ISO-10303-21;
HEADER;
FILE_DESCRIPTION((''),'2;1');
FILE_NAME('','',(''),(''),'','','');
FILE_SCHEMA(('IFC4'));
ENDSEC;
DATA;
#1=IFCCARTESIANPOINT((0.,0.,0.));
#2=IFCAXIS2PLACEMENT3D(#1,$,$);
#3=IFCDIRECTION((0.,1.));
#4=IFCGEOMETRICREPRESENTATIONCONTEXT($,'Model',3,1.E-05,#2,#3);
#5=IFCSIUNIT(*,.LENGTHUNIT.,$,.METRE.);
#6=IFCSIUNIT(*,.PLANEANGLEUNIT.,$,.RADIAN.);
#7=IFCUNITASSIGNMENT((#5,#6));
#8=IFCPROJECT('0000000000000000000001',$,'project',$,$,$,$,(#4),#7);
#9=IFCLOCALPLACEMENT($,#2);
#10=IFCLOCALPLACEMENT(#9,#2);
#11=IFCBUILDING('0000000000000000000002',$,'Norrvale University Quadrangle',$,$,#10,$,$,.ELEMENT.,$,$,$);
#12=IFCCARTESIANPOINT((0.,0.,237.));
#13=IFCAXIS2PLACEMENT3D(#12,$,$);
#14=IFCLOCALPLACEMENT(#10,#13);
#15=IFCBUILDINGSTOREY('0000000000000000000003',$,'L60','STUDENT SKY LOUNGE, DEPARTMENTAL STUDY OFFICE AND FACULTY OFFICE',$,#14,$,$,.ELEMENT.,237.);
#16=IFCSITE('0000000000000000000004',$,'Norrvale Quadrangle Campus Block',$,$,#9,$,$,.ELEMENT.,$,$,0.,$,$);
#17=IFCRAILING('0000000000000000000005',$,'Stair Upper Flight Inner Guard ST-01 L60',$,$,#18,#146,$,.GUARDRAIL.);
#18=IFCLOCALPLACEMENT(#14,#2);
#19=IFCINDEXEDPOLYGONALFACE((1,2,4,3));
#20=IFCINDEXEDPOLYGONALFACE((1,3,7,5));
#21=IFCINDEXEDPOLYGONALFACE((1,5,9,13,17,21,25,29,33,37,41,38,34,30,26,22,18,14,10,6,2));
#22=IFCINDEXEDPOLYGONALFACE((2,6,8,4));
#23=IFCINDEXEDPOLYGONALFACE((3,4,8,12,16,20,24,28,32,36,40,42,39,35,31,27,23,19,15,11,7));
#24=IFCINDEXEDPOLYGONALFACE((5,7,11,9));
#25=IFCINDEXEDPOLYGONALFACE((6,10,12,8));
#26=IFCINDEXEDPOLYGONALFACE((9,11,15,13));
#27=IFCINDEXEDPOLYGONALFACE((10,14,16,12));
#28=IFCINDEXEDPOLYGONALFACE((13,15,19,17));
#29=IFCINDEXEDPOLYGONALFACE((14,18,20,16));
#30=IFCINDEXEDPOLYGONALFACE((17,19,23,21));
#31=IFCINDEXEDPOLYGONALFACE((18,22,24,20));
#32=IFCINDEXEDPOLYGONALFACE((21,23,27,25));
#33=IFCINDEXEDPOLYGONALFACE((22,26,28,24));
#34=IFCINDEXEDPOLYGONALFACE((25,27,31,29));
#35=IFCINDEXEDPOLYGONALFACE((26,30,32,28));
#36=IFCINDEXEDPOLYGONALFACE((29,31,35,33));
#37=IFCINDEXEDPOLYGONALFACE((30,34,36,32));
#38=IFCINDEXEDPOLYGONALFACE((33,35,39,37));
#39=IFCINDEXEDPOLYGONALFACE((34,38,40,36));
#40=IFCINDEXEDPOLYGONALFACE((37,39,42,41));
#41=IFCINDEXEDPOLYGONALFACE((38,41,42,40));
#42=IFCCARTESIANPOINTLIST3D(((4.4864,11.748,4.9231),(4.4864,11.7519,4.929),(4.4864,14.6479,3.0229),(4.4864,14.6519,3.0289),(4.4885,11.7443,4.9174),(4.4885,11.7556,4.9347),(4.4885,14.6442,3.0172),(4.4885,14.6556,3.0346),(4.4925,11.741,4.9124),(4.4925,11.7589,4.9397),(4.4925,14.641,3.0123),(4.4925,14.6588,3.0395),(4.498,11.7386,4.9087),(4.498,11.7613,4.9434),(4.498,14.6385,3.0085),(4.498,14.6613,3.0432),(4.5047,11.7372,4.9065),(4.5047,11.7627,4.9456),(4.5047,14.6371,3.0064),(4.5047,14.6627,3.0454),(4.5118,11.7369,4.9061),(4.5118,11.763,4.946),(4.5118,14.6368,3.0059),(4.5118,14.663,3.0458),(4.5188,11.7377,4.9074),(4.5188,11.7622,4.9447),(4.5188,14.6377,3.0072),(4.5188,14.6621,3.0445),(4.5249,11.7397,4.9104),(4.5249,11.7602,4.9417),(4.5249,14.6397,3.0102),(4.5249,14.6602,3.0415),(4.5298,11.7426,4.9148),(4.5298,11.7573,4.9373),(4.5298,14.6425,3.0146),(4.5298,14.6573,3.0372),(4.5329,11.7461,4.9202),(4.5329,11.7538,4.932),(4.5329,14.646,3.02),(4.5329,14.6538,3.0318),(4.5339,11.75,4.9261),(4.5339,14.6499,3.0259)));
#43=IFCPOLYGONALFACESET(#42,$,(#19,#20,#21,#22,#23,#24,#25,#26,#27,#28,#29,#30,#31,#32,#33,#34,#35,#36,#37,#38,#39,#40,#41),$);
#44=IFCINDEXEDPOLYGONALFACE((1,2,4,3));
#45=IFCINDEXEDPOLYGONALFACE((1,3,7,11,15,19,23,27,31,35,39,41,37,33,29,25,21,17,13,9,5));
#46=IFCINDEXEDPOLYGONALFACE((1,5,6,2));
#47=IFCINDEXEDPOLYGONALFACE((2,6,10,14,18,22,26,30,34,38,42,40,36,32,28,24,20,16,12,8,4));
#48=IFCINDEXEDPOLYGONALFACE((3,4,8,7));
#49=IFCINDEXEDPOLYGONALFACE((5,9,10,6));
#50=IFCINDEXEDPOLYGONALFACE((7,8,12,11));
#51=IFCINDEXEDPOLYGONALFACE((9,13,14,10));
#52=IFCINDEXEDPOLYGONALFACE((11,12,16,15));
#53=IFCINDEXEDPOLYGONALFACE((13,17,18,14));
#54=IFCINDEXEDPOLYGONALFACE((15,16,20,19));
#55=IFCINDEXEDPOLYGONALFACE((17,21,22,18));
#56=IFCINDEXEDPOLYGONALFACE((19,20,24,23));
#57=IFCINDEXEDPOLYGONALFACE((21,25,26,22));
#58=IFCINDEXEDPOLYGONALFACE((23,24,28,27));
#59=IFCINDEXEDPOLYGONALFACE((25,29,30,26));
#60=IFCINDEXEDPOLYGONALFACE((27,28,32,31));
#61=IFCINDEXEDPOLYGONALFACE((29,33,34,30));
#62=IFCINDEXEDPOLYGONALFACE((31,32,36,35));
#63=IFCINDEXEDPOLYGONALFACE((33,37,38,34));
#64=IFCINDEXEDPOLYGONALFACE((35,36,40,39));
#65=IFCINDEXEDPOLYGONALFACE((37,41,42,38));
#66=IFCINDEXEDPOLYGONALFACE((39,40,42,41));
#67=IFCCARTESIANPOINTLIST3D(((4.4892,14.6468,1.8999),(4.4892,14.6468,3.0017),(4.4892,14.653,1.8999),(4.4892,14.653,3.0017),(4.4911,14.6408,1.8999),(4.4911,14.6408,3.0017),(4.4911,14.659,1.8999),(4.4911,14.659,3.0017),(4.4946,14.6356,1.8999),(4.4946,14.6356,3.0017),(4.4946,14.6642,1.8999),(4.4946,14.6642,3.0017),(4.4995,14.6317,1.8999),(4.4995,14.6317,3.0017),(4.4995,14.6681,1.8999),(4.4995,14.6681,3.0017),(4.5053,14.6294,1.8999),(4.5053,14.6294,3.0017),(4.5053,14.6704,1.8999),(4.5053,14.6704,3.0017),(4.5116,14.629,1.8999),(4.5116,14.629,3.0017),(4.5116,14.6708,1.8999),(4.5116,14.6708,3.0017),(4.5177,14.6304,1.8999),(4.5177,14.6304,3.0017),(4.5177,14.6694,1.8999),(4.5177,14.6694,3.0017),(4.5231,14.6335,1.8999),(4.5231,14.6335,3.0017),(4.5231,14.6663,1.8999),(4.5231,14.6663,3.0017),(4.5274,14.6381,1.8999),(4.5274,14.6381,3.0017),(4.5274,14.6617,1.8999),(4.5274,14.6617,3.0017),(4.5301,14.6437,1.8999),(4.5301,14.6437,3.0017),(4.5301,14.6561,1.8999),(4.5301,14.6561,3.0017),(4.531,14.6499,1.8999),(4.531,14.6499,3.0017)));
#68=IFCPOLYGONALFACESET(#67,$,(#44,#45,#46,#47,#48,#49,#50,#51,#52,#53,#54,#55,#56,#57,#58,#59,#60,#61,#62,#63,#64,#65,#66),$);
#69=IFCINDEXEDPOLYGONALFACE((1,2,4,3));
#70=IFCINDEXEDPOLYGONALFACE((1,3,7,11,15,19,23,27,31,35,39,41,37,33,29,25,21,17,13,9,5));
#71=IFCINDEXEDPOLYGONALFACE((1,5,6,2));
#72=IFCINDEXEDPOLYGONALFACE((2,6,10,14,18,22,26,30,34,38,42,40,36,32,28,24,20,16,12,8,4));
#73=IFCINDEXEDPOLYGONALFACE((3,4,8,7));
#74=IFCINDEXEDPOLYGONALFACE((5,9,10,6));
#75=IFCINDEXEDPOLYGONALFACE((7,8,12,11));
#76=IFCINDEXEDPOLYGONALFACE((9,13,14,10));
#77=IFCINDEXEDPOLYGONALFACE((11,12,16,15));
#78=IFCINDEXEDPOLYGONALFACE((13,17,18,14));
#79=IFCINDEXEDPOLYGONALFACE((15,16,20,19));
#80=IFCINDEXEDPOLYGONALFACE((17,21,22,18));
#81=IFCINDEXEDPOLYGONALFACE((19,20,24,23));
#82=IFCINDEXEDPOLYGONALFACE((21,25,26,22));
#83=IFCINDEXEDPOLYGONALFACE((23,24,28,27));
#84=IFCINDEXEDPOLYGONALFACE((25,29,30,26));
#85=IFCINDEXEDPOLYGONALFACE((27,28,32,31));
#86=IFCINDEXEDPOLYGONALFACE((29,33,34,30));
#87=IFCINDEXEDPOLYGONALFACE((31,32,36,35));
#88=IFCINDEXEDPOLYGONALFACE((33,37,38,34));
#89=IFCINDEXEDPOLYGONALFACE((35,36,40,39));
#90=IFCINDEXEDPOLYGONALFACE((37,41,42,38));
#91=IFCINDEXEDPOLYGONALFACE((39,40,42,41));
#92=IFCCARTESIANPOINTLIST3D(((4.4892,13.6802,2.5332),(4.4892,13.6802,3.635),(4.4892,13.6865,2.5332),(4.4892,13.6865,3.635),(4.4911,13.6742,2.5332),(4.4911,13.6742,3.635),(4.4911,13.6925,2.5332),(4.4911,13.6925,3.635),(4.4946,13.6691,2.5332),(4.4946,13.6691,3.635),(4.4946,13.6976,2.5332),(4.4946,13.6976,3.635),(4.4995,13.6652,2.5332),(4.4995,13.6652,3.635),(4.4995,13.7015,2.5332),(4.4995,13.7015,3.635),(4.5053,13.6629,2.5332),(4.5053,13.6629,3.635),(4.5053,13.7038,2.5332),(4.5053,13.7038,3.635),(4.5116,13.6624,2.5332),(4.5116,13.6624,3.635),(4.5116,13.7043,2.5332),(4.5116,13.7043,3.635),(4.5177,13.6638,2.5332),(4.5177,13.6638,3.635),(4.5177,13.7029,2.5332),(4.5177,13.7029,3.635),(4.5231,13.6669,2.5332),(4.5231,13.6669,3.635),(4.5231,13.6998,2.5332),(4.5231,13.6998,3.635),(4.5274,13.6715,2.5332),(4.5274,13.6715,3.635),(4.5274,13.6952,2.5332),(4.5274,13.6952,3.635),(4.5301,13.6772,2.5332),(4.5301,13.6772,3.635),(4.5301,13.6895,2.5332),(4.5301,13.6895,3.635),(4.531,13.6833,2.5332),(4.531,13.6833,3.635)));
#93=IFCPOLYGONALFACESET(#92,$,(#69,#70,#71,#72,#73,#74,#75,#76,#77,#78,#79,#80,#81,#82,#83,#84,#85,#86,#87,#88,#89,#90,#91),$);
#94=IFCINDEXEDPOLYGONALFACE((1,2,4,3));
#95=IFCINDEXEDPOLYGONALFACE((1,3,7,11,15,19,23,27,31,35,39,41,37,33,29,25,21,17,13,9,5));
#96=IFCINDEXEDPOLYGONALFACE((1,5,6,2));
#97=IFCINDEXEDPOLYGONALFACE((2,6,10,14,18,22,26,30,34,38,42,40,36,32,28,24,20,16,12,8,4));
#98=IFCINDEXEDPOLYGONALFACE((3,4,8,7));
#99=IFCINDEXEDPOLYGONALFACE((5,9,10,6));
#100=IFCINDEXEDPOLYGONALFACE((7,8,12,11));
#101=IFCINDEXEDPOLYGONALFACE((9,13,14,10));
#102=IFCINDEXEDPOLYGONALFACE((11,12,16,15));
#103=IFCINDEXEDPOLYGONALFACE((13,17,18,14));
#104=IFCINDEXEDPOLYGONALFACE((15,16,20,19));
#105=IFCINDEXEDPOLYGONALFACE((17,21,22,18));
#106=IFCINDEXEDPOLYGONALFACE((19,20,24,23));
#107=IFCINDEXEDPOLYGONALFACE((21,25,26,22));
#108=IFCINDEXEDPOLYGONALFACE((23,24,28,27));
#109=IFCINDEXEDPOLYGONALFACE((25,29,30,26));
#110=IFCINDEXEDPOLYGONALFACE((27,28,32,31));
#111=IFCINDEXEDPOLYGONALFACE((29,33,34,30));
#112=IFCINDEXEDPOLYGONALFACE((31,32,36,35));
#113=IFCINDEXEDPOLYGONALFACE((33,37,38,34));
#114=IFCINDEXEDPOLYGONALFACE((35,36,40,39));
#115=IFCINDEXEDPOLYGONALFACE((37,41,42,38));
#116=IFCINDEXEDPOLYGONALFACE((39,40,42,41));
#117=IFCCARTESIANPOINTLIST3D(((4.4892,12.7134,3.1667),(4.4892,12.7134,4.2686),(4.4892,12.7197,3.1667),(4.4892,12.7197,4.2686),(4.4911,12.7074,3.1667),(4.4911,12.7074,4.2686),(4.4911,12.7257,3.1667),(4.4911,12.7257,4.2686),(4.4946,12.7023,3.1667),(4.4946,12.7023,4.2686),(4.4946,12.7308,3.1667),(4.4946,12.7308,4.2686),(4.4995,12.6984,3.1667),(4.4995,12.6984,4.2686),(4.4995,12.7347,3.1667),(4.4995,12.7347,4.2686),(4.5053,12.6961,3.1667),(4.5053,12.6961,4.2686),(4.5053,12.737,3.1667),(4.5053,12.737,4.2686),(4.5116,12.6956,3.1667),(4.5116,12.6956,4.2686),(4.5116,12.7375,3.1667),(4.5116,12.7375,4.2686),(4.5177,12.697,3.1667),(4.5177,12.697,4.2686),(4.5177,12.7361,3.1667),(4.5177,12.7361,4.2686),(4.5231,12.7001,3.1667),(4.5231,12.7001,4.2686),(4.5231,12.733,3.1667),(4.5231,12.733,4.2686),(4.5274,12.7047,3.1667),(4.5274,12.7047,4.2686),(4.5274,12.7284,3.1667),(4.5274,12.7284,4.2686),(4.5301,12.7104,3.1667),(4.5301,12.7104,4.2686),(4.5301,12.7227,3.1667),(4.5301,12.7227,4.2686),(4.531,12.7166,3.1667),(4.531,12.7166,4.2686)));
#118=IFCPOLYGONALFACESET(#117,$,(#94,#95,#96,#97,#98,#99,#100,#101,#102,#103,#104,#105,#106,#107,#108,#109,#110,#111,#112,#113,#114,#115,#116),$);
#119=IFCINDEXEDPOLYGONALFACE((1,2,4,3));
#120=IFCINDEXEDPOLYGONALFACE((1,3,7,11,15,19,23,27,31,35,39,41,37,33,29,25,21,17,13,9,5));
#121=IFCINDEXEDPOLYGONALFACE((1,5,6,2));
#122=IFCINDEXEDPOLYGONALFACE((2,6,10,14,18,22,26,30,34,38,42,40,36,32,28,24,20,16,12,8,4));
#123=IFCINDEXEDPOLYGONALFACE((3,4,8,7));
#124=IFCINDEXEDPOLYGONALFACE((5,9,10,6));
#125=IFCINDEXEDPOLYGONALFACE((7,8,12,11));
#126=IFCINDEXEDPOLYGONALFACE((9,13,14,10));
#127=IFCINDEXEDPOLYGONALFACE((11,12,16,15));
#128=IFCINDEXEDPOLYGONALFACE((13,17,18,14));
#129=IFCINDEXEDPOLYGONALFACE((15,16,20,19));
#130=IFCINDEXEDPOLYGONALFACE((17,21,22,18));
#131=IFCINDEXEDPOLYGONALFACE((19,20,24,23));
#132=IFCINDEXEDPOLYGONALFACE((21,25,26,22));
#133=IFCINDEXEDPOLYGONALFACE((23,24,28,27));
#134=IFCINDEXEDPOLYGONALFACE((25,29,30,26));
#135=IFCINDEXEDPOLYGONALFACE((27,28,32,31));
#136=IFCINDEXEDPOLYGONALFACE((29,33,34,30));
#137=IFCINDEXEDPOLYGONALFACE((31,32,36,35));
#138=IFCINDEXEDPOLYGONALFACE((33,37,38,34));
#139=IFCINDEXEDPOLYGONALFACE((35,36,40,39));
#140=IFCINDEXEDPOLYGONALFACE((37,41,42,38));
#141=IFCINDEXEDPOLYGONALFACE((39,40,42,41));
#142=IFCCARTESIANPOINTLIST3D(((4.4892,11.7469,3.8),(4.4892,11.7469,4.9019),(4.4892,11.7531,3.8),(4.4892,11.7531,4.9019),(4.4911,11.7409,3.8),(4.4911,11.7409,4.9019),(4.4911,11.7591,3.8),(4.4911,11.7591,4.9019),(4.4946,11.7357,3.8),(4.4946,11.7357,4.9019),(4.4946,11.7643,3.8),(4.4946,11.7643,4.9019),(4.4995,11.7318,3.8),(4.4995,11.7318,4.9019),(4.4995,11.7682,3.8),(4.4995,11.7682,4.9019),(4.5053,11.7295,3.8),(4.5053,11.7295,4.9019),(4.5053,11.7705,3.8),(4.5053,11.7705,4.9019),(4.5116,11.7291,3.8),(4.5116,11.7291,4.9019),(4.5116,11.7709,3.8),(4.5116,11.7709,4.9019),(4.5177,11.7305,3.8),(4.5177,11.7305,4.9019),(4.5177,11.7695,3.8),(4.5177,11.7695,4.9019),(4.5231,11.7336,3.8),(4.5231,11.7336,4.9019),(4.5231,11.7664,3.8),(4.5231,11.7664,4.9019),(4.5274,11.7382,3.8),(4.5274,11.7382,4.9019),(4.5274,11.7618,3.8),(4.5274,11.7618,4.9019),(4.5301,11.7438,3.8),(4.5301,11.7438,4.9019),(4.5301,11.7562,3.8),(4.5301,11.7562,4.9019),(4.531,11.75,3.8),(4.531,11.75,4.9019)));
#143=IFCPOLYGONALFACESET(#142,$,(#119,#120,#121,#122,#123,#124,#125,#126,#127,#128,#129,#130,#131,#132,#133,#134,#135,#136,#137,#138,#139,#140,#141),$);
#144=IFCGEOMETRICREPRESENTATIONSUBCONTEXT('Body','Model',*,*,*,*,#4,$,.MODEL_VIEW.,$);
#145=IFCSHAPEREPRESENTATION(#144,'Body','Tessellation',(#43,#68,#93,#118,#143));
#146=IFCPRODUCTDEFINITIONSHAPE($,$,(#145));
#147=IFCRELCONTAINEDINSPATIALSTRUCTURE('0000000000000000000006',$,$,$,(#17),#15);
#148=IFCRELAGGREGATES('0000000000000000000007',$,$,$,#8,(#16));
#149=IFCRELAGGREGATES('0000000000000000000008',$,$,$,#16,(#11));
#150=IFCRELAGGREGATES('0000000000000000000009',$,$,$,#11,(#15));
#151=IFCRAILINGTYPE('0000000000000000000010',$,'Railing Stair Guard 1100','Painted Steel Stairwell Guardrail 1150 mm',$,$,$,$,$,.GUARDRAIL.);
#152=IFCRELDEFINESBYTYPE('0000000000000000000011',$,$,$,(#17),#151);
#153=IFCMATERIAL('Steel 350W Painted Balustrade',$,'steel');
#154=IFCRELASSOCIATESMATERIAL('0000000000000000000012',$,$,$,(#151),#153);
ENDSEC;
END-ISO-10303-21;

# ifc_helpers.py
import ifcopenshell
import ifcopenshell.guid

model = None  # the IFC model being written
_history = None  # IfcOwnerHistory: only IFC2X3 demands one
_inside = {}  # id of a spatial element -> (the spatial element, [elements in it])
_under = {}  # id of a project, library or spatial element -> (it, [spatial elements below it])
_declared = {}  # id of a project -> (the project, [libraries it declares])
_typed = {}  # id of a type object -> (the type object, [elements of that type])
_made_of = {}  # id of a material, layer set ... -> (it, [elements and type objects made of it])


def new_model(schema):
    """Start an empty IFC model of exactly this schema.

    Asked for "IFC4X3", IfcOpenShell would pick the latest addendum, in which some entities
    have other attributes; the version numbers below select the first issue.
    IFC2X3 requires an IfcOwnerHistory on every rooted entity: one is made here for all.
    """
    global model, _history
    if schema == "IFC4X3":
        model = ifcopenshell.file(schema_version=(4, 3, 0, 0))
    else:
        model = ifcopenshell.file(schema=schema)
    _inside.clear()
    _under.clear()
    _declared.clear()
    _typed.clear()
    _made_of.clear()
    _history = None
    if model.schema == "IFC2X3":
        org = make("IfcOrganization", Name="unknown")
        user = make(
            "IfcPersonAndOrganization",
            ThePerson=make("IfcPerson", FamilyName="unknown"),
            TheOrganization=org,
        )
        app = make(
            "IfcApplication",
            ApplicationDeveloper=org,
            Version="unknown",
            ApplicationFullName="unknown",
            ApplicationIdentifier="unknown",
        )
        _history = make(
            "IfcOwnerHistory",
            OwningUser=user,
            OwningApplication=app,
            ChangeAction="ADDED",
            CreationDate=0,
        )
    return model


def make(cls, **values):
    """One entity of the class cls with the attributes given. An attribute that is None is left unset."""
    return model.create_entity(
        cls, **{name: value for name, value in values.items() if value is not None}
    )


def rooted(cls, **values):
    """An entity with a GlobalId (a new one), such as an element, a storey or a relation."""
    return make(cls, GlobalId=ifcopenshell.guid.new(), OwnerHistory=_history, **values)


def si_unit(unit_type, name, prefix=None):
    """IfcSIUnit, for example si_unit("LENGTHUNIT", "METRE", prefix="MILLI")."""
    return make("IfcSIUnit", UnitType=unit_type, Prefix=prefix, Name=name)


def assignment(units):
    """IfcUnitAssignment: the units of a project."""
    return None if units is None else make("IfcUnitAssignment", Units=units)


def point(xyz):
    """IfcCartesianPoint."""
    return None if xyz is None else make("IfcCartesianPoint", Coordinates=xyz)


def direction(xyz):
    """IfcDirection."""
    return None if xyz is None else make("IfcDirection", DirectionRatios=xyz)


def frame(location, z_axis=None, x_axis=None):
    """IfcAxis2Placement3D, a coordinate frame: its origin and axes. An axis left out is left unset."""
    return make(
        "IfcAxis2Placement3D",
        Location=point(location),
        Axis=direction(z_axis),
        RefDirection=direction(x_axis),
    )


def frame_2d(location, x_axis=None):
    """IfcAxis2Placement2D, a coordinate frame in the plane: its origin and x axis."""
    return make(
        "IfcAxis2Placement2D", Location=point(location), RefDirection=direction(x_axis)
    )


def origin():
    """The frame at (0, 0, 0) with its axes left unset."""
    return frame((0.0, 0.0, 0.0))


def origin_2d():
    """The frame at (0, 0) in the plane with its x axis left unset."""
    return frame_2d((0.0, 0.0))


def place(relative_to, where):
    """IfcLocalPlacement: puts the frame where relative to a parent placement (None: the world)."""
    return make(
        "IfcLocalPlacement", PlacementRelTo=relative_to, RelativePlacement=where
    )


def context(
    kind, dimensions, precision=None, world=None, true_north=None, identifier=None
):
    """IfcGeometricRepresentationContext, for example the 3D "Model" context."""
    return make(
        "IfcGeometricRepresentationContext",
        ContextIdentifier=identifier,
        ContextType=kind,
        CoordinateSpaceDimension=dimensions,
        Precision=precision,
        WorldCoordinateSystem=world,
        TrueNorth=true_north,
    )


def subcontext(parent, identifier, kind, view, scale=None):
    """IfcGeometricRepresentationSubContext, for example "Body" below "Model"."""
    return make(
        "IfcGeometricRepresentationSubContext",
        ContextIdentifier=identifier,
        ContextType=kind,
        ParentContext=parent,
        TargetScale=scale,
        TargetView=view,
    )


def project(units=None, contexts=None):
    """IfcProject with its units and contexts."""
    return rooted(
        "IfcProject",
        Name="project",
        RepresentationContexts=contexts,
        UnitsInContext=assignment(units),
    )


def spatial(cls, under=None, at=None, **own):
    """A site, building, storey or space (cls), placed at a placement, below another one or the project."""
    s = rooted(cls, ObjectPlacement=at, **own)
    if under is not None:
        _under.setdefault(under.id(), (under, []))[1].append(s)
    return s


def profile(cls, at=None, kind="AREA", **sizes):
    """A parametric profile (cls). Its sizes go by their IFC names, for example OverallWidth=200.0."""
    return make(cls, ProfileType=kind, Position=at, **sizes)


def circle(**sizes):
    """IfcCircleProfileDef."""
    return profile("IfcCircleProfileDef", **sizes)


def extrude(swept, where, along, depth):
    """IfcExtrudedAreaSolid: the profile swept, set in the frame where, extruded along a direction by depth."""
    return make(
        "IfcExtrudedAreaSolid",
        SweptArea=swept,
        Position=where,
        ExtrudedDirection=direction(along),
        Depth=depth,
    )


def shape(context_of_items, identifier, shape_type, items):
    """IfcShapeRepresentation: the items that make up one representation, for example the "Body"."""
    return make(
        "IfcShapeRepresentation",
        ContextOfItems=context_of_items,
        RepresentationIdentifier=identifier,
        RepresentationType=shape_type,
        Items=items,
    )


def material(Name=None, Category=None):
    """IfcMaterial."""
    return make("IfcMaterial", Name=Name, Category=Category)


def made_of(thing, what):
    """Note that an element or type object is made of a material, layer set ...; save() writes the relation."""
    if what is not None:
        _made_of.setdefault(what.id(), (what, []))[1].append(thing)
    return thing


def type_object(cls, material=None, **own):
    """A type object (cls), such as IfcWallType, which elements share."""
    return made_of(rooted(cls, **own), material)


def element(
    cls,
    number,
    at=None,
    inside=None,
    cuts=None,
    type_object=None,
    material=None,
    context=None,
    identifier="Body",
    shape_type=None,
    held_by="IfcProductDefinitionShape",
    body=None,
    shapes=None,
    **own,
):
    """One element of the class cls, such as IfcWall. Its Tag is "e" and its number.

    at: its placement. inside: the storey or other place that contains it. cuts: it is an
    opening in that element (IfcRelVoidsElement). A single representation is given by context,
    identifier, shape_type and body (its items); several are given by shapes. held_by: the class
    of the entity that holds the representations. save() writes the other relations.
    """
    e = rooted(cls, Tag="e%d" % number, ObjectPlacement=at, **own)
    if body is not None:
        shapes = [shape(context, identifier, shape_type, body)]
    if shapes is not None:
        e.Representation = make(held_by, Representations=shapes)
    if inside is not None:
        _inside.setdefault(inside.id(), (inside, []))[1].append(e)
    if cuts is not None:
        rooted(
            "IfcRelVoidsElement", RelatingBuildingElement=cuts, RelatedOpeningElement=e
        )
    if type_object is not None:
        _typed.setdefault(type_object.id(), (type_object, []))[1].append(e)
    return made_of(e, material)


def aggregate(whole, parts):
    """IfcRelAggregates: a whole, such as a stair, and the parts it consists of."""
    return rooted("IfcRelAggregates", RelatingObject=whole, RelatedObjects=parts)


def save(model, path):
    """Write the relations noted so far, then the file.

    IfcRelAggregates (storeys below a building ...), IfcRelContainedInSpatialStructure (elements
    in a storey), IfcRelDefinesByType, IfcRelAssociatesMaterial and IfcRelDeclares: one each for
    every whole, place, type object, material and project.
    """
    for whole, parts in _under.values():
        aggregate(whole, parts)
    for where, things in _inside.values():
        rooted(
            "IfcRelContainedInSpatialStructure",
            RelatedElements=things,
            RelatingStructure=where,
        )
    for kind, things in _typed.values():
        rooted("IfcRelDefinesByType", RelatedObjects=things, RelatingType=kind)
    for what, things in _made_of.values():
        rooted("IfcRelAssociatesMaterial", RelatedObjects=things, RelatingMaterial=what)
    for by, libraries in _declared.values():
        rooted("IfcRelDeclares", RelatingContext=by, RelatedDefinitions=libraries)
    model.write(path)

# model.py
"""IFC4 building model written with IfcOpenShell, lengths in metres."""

from ifc_helpers import new_model, si_unit, direction, frame, origin, origin_2d, place, context, subcontext, project, spatial, circle, extrude, material, type_object, element, save


model = new_model("IFC4")

# Units and contexts
model_context = context("Model", 3, precision=1e-05, world=origin(), true_north=direction((0.0, 1.0)))
body_context = subcontext(model_context, "Body", "Model", "MODEL_VIEW")
ifc_project = project(units=[si_unit("LENGTHUNIT", "METRE"), si_unit("PLANEANGLEUNIT", "RADIAN")], contexts=[model_context])

# Site, building, storey
site_placement = place(None, origin())
site = spatial("IfcSite", under=ifc_project, at=site_placement, Name="Norrvale Quadrangle Campus Block", CompositionType="ELEMENT", RefElevation=0.0)
building_placement = place(site_placement, origin())
building = spatial("IfcBuilding", under=site, at=building_placement, Name="Norrvale University Quadrangle", CompositionType="ELEMENT")
storey_placement = place(building_placement, frame((0.0, 0.0, 237.0)))
storey = spatial("IfcBuildingStorey", under=building, at=storey_placement, Name="L60", Description="STUDENT SKY LOUNGE, DEPARTMENTAL STUDY OFFICE AND FACULTY OFFICE", CompositionType="ELEMENT", Elevation=237.0)

# Railing
ifc_material_1 = material(Name="Steel 350W Painted Balustrade", Category="steel")
railing_type_1 = type_object("IfcRailingType", Name="Railing Stair Guard 1100", Description="Painted Steel Stairwell Guardrail 1150 mm", PredefinedType="GUARDRAIL", material=ifc_material_1)
railing_1_placement = place(storey_placement, frame((4.51, 14.6499, 1.8999)))
element("IfcRailing", 1, at=railing_1_placement, inside=storey, type_object=railing_type_1, Name="Stair Upper Flight Inner Guard ST-01 L60", PredefinedType="GUARDRAIL", context=body_context, shape_type="SweptSolid", body=[
    extrude(circle(Radius=0.0239, at=origin_2d()), frame((0.0, 0.0, 1.126), z_axis=(0.0, -0.836433, 0.548069), x_axis=(1.0, 0.0, 0.0)), (0.0, 0.0, 1.0), 3.467),
    extrude(circle(Radius=0.021, at=origin_2d()), origin(), (0.0, 0.0, 1.0), 1.1018),
    extrude(circle(Radius=0.021, at=origin_2d()), frame((0.0, -0.9666, 0.6333)), (0.0, 0.0, 1.0), 1.1018),
    extrude(circle(Radius=0.021, at=origin_2d()), frame((0.0, -1.9333, 1.2668)), (0.0, 0.0, 1.0), 1.1018),
    extrude(circle(Radius=0.021, at=origin_2d()), frame((0.0, -2.8999, 1.9001)), (0.0, 0.0, 1.0), 1.1018),
])

save(model, "model.ifc")
